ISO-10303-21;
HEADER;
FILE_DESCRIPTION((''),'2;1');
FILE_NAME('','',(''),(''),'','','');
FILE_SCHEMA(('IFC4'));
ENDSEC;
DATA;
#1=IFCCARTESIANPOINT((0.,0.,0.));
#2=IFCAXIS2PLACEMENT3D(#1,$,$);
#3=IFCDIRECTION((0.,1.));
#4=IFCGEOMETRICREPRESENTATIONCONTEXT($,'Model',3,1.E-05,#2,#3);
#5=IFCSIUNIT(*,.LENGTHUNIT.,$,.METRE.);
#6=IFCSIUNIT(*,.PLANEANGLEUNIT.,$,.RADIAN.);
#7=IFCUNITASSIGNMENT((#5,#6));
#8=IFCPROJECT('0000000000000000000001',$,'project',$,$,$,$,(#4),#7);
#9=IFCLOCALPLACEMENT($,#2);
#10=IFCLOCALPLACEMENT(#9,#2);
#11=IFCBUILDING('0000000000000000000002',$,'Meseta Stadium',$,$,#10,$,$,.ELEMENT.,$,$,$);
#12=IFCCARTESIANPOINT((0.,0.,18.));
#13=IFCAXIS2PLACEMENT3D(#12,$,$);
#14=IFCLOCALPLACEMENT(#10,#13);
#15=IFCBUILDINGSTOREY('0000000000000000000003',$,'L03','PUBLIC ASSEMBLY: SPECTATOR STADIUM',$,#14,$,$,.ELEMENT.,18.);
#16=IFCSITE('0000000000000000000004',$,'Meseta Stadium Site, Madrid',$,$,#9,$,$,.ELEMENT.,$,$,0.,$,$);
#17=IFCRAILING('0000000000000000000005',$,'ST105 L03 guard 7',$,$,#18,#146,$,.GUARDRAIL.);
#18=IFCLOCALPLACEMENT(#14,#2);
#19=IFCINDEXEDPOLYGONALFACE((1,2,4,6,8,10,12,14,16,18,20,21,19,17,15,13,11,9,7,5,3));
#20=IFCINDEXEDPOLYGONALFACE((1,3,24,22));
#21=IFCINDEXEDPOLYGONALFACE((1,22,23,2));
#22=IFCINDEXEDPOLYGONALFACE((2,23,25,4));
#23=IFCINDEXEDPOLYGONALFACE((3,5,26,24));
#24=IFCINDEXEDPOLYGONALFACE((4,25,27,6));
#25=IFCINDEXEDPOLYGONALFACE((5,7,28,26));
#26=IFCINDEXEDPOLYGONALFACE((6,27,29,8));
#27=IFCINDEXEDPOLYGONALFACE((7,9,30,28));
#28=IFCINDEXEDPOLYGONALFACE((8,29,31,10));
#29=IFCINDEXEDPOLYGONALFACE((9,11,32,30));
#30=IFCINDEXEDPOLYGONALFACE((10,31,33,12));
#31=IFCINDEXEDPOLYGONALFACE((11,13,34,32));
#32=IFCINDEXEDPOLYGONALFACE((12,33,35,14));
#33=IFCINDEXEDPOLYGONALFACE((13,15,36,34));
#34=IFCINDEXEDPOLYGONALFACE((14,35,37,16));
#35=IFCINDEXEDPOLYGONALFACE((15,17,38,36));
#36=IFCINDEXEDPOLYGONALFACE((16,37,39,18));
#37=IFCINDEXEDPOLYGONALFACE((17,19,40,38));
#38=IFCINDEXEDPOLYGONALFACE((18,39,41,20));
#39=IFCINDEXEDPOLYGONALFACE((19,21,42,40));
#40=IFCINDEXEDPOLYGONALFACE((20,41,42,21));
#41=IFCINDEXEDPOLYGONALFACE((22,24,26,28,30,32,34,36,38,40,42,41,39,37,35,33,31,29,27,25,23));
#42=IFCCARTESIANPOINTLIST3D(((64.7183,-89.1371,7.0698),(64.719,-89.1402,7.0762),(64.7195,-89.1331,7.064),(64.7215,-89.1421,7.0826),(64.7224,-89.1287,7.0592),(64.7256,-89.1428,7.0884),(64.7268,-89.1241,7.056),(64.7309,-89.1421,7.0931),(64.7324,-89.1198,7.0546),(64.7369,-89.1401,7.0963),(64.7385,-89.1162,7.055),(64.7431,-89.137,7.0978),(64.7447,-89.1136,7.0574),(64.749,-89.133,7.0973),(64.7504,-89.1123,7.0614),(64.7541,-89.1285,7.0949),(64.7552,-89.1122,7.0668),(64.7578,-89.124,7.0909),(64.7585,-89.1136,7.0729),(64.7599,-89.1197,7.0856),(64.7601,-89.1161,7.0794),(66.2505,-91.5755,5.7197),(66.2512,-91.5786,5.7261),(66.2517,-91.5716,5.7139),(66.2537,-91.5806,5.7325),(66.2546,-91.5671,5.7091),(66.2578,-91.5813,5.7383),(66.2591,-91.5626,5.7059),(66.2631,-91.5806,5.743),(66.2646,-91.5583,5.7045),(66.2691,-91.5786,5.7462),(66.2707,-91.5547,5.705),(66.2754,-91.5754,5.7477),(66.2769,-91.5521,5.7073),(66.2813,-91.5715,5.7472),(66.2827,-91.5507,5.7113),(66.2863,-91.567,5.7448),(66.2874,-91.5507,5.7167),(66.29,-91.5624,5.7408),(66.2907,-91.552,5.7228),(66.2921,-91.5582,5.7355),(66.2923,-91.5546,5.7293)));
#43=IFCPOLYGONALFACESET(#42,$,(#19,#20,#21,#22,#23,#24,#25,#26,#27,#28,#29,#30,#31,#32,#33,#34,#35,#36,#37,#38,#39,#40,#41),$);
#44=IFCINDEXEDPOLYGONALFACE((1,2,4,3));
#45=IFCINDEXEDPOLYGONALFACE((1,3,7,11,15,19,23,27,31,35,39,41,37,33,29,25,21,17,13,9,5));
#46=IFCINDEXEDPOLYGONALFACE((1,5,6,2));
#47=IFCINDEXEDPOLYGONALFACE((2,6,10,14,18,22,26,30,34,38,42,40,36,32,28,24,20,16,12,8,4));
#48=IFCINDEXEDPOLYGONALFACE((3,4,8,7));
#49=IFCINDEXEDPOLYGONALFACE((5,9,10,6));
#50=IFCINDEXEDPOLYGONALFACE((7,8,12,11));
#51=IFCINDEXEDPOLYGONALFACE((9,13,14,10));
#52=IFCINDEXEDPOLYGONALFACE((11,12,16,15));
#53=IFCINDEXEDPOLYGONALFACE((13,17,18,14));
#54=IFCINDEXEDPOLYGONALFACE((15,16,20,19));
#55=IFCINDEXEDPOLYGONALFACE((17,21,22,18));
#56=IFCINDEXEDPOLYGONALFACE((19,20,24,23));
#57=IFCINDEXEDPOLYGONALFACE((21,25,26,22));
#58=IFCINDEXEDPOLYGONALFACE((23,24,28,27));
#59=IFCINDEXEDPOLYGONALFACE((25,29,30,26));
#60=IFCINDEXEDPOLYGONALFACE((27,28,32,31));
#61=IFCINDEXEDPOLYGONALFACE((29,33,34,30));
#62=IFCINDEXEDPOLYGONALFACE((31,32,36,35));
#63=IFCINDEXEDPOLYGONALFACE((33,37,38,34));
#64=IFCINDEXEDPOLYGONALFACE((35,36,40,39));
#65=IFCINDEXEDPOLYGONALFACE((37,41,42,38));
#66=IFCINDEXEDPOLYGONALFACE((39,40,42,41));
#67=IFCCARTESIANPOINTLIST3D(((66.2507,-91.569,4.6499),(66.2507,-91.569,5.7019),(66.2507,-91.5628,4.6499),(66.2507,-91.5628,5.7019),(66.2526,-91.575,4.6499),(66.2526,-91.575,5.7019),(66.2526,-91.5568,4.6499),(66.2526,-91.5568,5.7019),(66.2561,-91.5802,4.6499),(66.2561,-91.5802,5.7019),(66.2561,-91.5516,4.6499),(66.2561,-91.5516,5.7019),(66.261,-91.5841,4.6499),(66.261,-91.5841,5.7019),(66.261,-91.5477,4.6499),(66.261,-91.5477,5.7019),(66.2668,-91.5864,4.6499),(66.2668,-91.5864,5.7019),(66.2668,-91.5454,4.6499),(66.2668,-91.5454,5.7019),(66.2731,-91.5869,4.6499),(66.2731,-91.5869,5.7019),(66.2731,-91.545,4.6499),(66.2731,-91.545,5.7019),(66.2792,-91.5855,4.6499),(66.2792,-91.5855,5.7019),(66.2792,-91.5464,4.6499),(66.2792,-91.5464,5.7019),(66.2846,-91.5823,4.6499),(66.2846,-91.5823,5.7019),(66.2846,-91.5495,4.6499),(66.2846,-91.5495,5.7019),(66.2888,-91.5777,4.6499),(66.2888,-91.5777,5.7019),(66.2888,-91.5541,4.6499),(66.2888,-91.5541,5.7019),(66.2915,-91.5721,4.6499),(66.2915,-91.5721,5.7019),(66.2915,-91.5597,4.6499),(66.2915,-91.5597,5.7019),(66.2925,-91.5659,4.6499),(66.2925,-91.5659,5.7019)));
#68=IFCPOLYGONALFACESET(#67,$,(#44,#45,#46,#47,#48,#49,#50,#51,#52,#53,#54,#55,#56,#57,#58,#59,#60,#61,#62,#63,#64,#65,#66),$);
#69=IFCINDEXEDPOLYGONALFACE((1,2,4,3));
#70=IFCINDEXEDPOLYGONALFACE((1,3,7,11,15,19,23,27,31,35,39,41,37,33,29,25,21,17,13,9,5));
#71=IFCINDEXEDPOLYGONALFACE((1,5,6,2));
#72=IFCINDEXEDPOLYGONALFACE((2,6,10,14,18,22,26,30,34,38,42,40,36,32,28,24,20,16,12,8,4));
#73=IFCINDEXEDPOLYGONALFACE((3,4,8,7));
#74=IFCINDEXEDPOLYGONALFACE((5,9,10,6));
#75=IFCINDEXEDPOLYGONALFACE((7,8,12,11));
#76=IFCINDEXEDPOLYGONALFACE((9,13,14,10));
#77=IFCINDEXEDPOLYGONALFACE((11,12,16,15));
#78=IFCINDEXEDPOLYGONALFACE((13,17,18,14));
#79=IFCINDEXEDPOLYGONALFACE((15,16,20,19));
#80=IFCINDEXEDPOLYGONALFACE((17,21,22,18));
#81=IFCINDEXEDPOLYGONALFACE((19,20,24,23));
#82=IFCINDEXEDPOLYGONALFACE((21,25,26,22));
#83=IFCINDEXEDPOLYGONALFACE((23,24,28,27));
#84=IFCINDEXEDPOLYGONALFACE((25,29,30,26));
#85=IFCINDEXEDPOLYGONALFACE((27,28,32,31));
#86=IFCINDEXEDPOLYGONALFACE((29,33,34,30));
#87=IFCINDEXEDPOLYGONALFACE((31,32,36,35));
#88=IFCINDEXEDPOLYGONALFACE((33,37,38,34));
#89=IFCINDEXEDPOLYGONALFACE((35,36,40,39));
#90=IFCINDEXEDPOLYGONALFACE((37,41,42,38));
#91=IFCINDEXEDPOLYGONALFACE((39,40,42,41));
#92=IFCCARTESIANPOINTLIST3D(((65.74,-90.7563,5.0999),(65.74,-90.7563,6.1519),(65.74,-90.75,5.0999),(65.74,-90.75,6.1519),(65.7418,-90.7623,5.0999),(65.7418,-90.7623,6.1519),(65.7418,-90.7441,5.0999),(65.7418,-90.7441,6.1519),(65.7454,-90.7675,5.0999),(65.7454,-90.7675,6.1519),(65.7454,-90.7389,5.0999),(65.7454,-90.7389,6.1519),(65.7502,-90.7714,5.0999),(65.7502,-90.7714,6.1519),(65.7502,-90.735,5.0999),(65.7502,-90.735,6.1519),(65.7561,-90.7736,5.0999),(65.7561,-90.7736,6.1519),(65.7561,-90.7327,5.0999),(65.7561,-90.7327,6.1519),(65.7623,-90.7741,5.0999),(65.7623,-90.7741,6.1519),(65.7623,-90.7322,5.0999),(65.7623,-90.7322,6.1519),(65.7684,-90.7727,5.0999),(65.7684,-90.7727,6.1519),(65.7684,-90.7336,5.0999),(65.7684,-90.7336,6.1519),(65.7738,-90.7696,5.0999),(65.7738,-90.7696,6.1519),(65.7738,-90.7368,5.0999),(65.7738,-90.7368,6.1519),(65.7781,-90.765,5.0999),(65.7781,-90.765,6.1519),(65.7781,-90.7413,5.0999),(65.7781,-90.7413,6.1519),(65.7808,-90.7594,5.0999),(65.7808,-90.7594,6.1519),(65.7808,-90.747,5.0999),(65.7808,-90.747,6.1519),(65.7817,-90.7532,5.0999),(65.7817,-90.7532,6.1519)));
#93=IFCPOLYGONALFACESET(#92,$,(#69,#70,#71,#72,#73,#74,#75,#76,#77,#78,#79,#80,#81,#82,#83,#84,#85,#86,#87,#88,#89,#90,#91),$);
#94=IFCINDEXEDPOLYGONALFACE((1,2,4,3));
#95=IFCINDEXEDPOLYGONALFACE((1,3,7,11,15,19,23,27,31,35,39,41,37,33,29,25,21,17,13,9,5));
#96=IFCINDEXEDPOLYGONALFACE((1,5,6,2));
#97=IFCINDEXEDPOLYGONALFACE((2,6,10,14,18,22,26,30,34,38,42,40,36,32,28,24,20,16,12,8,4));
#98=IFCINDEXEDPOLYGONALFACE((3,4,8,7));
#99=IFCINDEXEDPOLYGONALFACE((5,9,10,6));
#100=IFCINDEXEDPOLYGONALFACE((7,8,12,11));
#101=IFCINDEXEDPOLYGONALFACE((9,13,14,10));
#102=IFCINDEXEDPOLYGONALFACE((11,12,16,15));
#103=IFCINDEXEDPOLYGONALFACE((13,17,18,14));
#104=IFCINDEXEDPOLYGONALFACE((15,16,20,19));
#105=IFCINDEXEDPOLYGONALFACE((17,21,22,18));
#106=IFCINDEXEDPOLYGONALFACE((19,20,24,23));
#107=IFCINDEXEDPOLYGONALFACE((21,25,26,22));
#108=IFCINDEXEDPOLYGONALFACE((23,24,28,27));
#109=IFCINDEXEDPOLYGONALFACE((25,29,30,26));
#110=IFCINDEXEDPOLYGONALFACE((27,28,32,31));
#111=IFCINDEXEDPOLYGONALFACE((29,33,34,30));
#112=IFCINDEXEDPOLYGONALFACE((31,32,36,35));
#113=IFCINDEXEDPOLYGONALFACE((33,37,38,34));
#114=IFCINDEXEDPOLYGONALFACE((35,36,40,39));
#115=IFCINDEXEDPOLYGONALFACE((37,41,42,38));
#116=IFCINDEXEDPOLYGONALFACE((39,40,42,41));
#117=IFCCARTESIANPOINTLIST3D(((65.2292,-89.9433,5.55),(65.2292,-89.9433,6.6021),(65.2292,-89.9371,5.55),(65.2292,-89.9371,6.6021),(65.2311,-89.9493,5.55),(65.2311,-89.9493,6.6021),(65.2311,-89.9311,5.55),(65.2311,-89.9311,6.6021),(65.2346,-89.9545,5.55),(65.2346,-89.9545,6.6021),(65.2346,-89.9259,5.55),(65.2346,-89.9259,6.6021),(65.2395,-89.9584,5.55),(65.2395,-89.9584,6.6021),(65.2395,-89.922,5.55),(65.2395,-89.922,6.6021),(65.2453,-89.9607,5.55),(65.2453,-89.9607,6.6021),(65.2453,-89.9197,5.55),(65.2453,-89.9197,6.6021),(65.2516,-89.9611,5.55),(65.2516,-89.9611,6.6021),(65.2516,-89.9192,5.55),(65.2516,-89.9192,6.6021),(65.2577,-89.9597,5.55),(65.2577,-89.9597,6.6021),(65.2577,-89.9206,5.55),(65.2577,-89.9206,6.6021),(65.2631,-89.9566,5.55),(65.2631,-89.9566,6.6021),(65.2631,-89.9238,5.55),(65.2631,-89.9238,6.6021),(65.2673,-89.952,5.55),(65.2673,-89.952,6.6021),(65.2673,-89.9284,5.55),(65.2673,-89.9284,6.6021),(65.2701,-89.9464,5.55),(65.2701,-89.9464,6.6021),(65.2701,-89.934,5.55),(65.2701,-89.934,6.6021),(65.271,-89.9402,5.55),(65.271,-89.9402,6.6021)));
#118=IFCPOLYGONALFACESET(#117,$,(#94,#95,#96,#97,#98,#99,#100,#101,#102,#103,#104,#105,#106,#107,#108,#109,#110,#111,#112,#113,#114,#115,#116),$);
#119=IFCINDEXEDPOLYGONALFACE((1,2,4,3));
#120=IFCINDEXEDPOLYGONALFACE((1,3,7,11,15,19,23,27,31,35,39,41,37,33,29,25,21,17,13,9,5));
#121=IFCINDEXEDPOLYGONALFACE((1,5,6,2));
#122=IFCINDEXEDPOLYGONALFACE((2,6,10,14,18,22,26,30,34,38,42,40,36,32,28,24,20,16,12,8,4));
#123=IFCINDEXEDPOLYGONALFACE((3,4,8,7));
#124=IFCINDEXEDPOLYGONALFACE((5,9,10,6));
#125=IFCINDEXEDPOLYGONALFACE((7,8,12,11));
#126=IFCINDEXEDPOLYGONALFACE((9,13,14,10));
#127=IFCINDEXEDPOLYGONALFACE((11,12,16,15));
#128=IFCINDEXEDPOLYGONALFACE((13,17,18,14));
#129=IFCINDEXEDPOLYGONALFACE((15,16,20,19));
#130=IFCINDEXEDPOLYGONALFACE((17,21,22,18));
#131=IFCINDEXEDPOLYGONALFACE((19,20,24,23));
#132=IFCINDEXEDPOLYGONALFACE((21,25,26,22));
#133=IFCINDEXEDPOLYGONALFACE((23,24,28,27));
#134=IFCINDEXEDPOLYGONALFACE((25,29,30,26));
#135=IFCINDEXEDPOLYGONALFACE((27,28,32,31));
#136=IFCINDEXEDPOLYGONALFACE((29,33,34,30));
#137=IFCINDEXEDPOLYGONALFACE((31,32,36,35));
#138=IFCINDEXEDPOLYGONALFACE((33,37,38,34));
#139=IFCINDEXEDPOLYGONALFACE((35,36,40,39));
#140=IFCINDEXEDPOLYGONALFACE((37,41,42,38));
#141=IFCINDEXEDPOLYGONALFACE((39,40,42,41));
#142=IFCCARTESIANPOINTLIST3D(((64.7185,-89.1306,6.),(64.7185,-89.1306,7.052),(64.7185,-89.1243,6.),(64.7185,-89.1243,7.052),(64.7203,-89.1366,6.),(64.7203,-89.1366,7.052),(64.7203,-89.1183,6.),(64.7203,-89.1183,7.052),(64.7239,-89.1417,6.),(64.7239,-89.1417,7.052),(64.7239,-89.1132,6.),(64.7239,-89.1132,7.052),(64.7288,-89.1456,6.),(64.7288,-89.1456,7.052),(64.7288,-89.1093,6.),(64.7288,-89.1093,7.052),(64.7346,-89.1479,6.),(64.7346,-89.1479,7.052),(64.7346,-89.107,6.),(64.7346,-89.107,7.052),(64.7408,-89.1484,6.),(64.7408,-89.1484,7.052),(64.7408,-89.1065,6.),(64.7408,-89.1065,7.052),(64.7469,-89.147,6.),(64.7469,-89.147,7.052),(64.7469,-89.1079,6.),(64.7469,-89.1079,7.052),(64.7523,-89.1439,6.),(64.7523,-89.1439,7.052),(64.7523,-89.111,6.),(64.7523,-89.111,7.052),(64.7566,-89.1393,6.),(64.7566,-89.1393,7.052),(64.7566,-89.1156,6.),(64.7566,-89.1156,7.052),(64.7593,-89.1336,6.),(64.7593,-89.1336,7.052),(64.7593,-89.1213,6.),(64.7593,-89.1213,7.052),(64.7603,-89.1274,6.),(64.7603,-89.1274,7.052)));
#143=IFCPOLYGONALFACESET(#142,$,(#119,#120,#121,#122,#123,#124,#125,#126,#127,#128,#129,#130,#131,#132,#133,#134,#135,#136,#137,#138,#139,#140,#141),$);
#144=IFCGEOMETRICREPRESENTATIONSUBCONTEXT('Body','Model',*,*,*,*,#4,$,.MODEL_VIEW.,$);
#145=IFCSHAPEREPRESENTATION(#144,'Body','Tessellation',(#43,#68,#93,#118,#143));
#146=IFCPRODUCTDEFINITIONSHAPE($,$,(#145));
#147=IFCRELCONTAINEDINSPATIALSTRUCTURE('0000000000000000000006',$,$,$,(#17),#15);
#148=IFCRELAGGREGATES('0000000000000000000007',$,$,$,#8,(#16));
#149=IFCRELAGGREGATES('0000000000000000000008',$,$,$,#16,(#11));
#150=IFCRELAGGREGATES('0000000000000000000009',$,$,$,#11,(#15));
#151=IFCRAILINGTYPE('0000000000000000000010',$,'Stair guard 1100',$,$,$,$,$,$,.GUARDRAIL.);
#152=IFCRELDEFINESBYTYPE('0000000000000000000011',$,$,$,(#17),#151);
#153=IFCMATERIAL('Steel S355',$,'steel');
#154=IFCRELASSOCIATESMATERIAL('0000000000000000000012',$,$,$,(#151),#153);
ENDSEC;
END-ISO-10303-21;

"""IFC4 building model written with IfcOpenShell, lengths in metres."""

from ifc_helpers import new_model, si_unit, direction, frame, origin, origin_2d, place, context, subcontext, project, spatial, circle, extrude, material, type_object, element, save


model = new_model("IFC4")

# Units and contexts
model_context = context("Model", 3, precision=1e-05, world=origin(), true_north=direction((0.0, 1.0)))
body_context = subcontext(model_context, "Body", "Model", "MODEL_VIEW")
ifc_project = project(units=[si_unit("LENGTHUNIT", "METRE"), si_unit("PLANEANGLEUNIT", "RADIAN")], contexts=[model_context])

# Site, building, storey
site_placement = place(None, origin())
site = spatial("IfcSite", under=ifc_project, at=site_placement, Name="Meseta Stadium Site, Madrid", CompositionType="ELEMENT", RefElevation=0.0)
building_placement = place(site_placement, origin())
building = spatial("IfcBuilding", under=site, at=building_placement, Name="Meseta Stadium", CompositionType="ELEMENT")
storey_placement = place(building_placement, frame((0.0, 0.0, 18.0)))
storey = spatial("IfcBuildingStorey", under=building, at=storey_placement, Name="L03", Description="PUBLIC ASSEMBLY: SPECTATOR STADIUM", CompositionType="ELEMENT", Elevation=18.0)

# Railing
ifc_material_1 = material(Name="Steel S355", Category="steel")
railing_type_1 = type_object("IfcRailingType", Name="Stair guard 1100", PredefinedType="GUARDRAIL", material=ifc_material_1)
railing_1_placement = place(storey_placement, frame((66.2715, -91.5659, 4.6499)))
element("IfcRailing", 1, at=railing_1_placement, inside=storey, type_object=railing_type_1, Name="ST105 L03 guard 7", PredefinedType="GUARDRAIL", context=body_context, shape_type="SweptSolid", body=[
    extrude(circle(Radius=0.0239, at=origin_2d()), frame((0.0, 0.0, 1.0762), z_axis=(-0.481731, 0.766655, 0.42447), x_axis=(-0.846719, -0.53204, 0.0)), (0.0, 0.0, 1.0), 3.1807),
    extrude(circle(Radius=0.021, at=origin_2d()), origin(), (0.0, 0.0, 1.0), 1.052),
    extrude(circle(Radius=0.021, at=origin_2d()), frame((-0.5107, 0.8127, 0.45)), (0.0, 0.0, 1.0), 1.052),
    extrude(circle(Radius=0.021, at=origin_2d()), frame((-1.0215, 1.6257, 0.9001)), (0.0, 0.0, 1.0), 1.052),
    extrude(circle(Radius=0.021, at=origin_2d()), frame((-1.5322, 2.4385, 1.3501)), (0.0, 0.0, 1.0), 1.052),
])

save(model, "model.ifc")
